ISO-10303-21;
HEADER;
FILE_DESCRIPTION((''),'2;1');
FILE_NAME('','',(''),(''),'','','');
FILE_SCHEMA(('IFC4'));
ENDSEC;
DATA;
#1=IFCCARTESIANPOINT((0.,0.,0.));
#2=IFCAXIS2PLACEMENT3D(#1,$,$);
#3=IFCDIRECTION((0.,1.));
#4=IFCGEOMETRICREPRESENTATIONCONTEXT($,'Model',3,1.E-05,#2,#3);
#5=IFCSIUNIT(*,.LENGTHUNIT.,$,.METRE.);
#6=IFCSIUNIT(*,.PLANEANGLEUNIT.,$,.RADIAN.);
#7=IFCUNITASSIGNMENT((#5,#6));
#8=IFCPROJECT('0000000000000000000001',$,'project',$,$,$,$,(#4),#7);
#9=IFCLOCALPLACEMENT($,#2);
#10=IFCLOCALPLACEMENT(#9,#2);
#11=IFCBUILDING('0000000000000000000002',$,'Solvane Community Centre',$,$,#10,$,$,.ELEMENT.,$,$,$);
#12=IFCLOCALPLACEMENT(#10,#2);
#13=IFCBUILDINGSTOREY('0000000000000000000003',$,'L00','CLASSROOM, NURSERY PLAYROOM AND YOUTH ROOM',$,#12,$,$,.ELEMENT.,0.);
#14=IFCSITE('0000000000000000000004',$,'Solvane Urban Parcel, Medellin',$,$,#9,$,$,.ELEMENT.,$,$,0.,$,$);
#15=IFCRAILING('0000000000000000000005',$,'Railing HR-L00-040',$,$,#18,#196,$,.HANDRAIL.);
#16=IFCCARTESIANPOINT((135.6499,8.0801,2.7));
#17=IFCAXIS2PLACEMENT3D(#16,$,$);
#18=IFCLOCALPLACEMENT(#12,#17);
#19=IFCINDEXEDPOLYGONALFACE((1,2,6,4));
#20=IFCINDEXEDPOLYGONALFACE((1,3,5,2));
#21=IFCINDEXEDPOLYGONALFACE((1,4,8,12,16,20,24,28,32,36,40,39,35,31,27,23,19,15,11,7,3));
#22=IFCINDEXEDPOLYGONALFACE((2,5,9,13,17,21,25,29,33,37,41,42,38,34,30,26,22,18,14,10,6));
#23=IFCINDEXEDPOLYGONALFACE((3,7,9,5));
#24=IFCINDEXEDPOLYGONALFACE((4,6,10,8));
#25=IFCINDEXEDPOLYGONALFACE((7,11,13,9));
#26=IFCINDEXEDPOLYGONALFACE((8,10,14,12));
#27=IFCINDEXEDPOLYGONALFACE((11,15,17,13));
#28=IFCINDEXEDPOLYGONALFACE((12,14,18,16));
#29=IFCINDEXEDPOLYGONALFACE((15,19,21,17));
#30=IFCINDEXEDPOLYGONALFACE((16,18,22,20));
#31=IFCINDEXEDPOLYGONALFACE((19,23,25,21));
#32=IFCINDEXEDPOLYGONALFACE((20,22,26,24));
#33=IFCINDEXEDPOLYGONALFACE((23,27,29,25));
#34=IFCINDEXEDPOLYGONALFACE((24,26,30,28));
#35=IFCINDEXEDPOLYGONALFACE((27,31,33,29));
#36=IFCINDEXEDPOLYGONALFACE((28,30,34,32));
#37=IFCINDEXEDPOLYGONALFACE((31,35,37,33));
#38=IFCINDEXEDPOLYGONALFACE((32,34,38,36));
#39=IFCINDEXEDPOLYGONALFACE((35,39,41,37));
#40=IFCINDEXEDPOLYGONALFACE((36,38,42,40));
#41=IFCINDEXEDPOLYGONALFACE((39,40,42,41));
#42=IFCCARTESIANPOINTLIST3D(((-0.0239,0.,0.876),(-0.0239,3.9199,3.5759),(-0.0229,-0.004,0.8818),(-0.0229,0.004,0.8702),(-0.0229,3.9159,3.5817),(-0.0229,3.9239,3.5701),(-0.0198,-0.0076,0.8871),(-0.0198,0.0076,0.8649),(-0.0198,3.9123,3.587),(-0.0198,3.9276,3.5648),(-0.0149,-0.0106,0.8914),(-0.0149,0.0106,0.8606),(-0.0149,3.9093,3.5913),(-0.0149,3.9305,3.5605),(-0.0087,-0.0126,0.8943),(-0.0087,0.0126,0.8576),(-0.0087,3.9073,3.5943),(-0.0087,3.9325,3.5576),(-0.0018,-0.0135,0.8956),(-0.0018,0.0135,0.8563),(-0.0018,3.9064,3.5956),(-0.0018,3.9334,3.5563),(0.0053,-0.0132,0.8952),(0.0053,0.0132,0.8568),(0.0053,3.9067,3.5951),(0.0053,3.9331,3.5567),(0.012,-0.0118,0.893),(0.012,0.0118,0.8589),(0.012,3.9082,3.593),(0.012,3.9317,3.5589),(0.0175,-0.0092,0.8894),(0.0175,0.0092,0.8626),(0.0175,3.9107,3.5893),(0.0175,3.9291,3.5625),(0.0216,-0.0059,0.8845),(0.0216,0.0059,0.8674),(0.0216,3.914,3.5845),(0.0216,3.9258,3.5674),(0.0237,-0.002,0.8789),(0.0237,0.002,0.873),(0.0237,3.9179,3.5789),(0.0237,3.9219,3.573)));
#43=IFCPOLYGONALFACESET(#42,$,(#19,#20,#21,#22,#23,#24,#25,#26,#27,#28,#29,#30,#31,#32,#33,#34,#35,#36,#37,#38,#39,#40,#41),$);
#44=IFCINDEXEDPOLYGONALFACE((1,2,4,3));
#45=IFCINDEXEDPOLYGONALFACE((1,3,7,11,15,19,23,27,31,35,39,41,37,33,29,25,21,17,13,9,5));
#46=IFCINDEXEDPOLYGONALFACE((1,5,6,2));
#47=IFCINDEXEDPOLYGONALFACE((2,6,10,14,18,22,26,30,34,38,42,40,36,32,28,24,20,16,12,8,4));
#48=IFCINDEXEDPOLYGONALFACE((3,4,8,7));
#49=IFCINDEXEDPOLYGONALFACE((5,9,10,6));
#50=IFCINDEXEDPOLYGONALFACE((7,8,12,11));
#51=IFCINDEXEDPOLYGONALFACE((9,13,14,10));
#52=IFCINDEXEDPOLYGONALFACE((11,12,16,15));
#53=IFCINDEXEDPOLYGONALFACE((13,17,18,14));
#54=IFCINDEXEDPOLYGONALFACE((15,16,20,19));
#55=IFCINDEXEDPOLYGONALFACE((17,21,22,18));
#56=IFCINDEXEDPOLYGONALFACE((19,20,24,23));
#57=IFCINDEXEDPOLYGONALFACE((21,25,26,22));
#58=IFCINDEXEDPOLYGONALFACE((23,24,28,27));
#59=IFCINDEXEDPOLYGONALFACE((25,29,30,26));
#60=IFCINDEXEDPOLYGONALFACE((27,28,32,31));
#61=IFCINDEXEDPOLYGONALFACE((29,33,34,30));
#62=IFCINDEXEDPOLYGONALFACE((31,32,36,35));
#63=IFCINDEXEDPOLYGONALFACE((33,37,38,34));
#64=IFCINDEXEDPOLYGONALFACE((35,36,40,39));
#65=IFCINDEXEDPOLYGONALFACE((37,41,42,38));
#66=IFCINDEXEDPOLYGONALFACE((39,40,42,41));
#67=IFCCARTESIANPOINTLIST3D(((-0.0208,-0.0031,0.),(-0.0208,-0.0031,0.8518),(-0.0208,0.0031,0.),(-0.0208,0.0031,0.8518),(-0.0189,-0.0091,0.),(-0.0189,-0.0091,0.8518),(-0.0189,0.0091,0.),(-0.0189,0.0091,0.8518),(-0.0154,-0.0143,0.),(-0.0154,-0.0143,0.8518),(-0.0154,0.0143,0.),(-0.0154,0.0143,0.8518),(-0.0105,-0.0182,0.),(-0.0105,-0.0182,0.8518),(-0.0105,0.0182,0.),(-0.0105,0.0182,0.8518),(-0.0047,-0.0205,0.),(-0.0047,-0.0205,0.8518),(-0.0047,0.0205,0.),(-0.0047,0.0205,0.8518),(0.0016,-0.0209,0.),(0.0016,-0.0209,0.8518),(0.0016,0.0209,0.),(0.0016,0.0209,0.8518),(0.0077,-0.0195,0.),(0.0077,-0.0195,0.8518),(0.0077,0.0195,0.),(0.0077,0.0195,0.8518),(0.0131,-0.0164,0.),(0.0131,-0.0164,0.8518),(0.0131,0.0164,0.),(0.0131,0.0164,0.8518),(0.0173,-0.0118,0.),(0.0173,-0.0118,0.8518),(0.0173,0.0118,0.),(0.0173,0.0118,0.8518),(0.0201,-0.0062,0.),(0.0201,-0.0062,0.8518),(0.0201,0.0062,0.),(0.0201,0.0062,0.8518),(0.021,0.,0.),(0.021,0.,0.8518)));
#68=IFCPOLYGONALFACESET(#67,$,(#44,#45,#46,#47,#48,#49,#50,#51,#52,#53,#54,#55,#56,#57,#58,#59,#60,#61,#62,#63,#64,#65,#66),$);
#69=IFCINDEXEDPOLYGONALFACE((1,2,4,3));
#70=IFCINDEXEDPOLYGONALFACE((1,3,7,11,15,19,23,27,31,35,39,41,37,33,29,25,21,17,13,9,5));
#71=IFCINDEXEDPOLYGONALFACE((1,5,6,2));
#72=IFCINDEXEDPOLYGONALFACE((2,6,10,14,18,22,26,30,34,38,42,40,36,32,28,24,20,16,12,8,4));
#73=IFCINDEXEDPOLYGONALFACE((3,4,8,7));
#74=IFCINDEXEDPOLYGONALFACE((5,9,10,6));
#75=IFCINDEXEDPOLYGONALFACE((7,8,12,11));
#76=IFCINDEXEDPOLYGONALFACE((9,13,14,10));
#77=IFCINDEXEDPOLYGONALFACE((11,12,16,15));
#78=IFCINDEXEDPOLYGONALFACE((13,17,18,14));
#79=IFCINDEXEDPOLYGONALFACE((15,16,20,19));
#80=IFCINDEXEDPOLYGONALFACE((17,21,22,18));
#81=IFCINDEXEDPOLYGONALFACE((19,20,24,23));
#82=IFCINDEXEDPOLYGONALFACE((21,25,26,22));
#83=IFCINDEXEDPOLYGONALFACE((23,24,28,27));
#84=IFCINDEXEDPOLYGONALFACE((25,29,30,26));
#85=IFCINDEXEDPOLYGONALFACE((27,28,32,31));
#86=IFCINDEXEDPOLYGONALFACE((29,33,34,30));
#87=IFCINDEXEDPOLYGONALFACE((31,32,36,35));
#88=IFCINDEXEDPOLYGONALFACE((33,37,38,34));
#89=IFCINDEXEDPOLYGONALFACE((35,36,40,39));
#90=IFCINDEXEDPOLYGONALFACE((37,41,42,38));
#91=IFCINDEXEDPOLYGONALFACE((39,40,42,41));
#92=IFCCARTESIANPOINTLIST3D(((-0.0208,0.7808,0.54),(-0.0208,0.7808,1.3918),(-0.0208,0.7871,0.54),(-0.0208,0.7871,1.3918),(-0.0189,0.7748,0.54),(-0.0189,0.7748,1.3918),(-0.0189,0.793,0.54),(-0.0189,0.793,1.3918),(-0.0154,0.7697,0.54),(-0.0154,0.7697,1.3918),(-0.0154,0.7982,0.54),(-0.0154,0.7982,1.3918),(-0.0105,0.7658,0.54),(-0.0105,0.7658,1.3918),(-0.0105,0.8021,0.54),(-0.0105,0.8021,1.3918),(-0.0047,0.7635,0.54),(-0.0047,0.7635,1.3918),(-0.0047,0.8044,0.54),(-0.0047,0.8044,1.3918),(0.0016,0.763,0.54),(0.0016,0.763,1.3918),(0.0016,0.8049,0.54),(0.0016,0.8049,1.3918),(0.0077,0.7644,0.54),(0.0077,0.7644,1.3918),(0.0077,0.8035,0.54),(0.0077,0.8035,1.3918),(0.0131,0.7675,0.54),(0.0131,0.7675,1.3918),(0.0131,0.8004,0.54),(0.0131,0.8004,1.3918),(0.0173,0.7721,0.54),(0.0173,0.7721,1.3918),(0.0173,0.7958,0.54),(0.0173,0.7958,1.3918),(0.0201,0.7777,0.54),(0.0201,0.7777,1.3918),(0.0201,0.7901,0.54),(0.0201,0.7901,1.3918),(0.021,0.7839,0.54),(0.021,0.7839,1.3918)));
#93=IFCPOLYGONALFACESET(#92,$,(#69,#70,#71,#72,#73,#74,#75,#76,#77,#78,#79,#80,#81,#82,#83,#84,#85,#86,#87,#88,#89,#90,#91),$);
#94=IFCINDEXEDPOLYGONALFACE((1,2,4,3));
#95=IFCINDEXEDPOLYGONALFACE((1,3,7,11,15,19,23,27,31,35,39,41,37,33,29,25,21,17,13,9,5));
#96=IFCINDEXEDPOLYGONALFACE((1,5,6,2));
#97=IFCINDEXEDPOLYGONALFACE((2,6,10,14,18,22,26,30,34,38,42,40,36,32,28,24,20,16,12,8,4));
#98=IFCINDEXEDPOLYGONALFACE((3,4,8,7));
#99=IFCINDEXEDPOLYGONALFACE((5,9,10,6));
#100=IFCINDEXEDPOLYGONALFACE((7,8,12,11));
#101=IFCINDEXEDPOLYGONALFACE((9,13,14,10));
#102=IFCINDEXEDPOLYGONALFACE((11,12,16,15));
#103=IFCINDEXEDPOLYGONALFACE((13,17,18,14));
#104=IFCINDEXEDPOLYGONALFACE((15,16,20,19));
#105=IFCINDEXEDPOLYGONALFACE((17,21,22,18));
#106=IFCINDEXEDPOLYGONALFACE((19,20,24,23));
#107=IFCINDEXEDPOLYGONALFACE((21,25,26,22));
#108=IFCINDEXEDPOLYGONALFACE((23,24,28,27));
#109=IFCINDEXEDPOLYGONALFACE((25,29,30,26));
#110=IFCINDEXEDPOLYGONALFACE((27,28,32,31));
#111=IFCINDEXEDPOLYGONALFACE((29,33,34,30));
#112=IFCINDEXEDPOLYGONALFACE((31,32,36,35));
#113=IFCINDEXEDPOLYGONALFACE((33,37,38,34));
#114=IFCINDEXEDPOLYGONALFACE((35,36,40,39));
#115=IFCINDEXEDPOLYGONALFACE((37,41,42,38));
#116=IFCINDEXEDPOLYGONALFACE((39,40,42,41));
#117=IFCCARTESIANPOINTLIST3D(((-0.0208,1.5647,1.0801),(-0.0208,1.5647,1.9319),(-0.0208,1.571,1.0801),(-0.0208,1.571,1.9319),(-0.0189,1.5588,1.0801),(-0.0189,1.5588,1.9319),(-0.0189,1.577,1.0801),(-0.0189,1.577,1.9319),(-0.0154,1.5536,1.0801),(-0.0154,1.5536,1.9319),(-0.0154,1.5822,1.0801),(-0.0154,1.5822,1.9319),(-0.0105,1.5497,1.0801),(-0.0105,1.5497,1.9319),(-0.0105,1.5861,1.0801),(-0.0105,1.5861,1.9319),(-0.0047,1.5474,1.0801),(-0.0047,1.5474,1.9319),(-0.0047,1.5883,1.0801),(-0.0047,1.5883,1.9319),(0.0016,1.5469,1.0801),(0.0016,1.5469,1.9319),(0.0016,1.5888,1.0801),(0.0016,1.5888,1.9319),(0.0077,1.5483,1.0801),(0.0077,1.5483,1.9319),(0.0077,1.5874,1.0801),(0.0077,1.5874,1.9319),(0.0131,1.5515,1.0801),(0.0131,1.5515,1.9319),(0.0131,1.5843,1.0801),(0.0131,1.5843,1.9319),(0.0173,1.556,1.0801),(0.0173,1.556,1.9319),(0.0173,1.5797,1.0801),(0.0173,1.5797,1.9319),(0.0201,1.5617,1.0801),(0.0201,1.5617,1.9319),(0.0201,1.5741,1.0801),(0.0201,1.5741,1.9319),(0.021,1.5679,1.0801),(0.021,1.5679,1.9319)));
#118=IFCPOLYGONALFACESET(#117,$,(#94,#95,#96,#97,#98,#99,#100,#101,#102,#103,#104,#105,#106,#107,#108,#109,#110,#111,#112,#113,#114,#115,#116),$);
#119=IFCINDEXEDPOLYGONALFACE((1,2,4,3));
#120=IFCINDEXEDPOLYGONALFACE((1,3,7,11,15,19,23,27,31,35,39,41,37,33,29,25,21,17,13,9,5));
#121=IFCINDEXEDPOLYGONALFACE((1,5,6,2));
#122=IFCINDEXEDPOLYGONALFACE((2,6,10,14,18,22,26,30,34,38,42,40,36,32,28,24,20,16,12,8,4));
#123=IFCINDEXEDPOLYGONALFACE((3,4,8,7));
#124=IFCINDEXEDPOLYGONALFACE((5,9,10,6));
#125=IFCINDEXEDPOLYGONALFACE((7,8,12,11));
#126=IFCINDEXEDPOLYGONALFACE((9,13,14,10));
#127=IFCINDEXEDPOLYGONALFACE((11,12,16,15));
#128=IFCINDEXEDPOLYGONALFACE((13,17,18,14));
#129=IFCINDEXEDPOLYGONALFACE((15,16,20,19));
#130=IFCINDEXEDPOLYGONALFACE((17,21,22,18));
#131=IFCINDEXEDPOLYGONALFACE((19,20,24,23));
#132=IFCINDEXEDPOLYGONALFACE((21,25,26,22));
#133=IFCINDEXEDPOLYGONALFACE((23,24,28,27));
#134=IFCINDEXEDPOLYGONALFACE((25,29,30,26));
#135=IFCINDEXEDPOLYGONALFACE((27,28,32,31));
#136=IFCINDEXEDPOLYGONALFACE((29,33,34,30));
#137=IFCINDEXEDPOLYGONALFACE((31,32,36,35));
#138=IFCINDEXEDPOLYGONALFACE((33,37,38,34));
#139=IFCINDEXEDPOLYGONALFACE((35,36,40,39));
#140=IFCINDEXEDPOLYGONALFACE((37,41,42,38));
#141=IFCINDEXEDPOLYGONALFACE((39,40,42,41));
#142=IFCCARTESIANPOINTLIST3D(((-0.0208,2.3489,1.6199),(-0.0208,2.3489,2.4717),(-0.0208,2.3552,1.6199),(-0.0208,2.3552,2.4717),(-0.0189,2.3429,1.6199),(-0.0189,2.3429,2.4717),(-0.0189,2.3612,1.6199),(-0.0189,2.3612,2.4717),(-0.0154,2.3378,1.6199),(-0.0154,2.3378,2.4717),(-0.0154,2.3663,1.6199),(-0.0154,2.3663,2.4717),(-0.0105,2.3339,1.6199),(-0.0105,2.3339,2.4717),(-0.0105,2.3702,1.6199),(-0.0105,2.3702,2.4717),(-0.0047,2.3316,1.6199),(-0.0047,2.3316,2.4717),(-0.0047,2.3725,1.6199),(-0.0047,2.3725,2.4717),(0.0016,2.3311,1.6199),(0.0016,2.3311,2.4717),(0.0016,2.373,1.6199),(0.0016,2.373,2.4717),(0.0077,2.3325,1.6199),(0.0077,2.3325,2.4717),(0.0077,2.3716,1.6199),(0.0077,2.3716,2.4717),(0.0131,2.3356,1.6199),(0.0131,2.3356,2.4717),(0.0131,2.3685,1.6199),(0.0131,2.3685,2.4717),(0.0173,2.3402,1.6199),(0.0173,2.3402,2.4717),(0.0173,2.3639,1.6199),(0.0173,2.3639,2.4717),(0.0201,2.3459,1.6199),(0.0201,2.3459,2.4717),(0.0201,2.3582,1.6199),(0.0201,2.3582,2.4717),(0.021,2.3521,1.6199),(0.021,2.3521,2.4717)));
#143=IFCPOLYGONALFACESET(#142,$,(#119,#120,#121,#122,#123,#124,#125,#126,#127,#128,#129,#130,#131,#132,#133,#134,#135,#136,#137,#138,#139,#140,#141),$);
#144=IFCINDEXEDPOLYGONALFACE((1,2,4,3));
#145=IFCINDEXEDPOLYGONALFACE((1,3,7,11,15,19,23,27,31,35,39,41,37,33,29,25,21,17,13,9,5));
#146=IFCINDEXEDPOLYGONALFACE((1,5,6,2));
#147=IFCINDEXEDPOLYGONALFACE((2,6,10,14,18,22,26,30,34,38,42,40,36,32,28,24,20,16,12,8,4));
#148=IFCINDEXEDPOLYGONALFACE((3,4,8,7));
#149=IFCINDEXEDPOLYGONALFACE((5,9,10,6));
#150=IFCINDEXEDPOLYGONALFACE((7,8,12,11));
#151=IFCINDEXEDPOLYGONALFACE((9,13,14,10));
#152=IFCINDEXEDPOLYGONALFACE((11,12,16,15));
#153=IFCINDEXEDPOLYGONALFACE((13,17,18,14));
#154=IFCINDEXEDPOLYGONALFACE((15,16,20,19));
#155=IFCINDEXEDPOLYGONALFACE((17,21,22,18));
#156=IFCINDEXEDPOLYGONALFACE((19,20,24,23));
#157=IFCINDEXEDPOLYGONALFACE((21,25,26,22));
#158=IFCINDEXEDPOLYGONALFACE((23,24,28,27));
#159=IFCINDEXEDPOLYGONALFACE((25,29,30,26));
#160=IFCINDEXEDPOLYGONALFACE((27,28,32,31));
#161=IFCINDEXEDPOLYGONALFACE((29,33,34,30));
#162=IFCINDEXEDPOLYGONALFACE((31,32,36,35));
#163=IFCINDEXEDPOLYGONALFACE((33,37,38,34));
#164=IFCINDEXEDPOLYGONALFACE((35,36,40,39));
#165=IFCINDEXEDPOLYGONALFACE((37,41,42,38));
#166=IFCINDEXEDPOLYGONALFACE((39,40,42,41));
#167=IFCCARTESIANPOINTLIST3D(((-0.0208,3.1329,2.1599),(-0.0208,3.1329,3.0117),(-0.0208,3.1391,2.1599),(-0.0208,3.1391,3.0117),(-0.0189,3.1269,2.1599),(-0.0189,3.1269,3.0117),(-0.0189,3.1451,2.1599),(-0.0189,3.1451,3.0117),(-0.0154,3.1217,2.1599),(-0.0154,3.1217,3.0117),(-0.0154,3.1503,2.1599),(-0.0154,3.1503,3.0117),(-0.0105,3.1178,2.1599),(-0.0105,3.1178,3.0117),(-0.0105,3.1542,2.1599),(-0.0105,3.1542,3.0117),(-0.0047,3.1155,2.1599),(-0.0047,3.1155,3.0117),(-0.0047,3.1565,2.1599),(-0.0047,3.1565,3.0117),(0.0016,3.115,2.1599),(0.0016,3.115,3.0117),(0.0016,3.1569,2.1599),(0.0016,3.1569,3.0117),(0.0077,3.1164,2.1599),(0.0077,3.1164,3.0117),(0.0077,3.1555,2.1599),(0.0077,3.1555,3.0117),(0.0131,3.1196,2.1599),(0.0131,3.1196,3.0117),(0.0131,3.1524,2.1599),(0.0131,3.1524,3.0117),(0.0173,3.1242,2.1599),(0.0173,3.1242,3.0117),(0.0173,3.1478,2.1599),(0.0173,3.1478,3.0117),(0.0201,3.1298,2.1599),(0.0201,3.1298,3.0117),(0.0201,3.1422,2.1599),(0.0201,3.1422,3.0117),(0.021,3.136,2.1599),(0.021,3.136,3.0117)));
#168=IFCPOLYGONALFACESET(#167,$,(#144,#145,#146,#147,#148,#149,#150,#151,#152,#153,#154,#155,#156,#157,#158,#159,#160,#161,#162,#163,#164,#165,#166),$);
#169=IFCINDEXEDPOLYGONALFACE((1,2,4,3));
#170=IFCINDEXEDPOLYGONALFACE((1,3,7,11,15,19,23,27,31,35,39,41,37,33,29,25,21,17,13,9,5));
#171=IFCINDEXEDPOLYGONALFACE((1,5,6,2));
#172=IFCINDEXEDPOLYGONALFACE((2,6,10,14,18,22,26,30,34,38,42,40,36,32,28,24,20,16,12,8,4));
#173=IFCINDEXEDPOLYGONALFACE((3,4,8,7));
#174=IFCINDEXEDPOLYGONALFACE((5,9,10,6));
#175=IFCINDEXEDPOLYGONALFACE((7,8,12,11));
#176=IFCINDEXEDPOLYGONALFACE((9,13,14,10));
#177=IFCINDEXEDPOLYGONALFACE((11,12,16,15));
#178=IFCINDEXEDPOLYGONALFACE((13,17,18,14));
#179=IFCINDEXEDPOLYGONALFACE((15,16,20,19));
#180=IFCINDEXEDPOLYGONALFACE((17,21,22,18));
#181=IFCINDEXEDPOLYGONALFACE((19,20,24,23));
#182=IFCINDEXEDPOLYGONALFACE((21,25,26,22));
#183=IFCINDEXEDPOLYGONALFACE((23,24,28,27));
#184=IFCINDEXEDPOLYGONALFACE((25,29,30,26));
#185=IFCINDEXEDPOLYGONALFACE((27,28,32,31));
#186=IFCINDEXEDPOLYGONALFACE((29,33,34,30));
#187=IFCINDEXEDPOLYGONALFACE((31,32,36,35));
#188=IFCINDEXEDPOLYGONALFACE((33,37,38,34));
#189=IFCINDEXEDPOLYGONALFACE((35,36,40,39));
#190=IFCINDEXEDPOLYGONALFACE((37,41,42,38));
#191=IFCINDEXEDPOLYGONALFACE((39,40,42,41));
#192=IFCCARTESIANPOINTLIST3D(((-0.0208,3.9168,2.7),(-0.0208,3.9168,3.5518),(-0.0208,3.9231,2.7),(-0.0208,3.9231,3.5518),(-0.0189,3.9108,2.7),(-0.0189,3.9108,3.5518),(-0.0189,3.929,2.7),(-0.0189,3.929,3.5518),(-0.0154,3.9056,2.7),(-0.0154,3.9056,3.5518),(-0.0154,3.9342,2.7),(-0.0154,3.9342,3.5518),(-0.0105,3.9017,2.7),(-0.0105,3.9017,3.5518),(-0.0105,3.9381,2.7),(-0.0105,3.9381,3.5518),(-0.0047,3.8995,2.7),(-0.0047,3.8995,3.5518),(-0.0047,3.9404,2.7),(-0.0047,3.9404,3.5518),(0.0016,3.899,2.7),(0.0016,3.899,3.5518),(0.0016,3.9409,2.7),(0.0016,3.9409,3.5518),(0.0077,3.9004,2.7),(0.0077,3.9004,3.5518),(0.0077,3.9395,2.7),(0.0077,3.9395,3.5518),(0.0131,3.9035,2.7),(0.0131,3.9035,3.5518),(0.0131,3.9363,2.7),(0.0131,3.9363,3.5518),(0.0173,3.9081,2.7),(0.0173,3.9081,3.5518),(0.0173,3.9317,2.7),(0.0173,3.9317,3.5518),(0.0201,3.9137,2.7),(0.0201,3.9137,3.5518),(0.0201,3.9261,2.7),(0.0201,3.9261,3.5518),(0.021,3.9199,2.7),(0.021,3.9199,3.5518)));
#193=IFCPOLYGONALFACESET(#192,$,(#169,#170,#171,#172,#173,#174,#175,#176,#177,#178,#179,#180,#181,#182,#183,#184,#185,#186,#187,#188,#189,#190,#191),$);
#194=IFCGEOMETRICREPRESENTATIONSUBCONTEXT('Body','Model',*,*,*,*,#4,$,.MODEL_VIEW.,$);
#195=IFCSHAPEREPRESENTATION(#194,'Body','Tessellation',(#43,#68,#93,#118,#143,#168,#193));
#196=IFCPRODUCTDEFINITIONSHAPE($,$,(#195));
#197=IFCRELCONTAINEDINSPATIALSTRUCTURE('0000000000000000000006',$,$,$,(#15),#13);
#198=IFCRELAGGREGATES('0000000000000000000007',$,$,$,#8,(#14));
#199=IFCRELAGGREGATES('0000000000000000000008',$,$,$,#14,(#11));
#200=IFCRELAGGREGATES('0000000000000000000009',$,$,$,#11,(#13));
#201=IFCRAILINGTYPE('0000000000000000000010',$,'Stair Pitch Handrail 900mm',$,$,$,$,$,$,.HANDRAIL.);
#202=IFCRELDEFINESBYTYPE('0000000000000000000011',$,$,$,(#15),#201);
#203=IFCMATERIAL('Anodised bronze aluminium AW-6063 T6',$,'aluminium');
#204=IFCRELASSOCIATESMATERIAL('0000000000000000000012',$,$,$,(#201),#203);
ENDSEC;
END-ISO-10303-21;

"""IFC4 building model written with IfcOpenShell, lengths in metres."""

from ifc_helpers import new_model, si_unit, direction, frame, origin, origin_2d, place, context, subcontext, project, spatial, circle, extrude, material, type_object, element, save


model = new_model("IFC4")

# Units and contexts
model_context = context("Model", 3, precision=1e-05, world=origin(), true_north=direction((0.0, 1.0)))
body_context = subcontext(model_context, "Body", "Model", "MODEL_VIEW")
ifc_project = project(units=[si_unit("LENGTHUNIT", "METRE"), si_unit("PLANEANGLEUNIT", "RADIAN")], contexts=[model_context])

# Site, building, storey
site_placement = place(None, origin())
site = spatial("IfcSite", under=ifc_project, at=site_placement, Name="Solvane Urban Parcel, Medellin", CompositionType="ELEMENT", RefElevation=0.0)
building_placement = place(site_placement, origin())
building = spatial("IfcBuilding", under=site, at=building_placement, Name="Solvane Community Centre", CompositionType="ELEMENT")
storey_placement = place(building_placement, origin())
storey = spatial("IfcBuildingStorey", under=building, at=storey_placement, Name="L00", Description="CLASSROOM, NURSERY PLAYROOM AND YOUTH ROOM", CompositionType="ELEMENT", Elevation=0.0)

# Shared definitions
ifc_material_1 = material(Name="Anodised bronze aluminium AW-6063 T6", Category="aluminium")

# Railing
railing_type_1 = type_object("IfcRailingType", Name="Stair Pitch Handrail 900mm", PredefinedType="HANDRAIL", material=ifc_material_1)
railing_1_placement = place(storey_placement, frame((135.6499, 8.0801, 2.7)))
element("IfcRailing", 1, at=railing_1_placement, inside=storey, type_object=railing_type_1, Name="Railing HR-L00-040", PredefinedType="HANDRAIL", context=body_context, shape_type="SweptSolid", body=[
    extrude(circle(Radius=0.0239, at=origin_2d()), frame((0.0, 0.0, 0.876), z_axis=(0.0, 0.823551, 0.567243), x_axis=(-1.0, 0.0, 0.0)), (0.0, 0.0, 1.0), 4.7598),
    extrude(circle(Radius=0.021, at=origin_2d()), origin(), (0.0, 0.0, 1.0), 0.8518),
    extrude(circle(Radius=0.021, at=origin_2d()), frame((0.0, 0.7839, 0.54)), (0.0, 0.0, 1.0), 0.8518),
    extrude(circle(Radius=0.021, at=origin_2d()), frame((0.0, 1.5679, 1.0801)), (0.0, 0.0, 1.0), 0.8518),
    extrude(circle(Radius=0.021, at=origin_2d()), frame((0.0, 2.3521, 1.6199)), (0.0, 0.0, 1.0), 0.8518),
    extrude(circle(Radius=0.021, at=origin_2d()), frame((0.0, 3.136, 2.1599)), (0.0, 0.0, 1.0), 0.8518),
    extrude(circle(Radius=0.021, at=origin_2d()), frame((0.0, 3.9199, 2.7)), (0.0, 0.0, 1.0), 0.8518),
])

save(model, "model.ifc")
